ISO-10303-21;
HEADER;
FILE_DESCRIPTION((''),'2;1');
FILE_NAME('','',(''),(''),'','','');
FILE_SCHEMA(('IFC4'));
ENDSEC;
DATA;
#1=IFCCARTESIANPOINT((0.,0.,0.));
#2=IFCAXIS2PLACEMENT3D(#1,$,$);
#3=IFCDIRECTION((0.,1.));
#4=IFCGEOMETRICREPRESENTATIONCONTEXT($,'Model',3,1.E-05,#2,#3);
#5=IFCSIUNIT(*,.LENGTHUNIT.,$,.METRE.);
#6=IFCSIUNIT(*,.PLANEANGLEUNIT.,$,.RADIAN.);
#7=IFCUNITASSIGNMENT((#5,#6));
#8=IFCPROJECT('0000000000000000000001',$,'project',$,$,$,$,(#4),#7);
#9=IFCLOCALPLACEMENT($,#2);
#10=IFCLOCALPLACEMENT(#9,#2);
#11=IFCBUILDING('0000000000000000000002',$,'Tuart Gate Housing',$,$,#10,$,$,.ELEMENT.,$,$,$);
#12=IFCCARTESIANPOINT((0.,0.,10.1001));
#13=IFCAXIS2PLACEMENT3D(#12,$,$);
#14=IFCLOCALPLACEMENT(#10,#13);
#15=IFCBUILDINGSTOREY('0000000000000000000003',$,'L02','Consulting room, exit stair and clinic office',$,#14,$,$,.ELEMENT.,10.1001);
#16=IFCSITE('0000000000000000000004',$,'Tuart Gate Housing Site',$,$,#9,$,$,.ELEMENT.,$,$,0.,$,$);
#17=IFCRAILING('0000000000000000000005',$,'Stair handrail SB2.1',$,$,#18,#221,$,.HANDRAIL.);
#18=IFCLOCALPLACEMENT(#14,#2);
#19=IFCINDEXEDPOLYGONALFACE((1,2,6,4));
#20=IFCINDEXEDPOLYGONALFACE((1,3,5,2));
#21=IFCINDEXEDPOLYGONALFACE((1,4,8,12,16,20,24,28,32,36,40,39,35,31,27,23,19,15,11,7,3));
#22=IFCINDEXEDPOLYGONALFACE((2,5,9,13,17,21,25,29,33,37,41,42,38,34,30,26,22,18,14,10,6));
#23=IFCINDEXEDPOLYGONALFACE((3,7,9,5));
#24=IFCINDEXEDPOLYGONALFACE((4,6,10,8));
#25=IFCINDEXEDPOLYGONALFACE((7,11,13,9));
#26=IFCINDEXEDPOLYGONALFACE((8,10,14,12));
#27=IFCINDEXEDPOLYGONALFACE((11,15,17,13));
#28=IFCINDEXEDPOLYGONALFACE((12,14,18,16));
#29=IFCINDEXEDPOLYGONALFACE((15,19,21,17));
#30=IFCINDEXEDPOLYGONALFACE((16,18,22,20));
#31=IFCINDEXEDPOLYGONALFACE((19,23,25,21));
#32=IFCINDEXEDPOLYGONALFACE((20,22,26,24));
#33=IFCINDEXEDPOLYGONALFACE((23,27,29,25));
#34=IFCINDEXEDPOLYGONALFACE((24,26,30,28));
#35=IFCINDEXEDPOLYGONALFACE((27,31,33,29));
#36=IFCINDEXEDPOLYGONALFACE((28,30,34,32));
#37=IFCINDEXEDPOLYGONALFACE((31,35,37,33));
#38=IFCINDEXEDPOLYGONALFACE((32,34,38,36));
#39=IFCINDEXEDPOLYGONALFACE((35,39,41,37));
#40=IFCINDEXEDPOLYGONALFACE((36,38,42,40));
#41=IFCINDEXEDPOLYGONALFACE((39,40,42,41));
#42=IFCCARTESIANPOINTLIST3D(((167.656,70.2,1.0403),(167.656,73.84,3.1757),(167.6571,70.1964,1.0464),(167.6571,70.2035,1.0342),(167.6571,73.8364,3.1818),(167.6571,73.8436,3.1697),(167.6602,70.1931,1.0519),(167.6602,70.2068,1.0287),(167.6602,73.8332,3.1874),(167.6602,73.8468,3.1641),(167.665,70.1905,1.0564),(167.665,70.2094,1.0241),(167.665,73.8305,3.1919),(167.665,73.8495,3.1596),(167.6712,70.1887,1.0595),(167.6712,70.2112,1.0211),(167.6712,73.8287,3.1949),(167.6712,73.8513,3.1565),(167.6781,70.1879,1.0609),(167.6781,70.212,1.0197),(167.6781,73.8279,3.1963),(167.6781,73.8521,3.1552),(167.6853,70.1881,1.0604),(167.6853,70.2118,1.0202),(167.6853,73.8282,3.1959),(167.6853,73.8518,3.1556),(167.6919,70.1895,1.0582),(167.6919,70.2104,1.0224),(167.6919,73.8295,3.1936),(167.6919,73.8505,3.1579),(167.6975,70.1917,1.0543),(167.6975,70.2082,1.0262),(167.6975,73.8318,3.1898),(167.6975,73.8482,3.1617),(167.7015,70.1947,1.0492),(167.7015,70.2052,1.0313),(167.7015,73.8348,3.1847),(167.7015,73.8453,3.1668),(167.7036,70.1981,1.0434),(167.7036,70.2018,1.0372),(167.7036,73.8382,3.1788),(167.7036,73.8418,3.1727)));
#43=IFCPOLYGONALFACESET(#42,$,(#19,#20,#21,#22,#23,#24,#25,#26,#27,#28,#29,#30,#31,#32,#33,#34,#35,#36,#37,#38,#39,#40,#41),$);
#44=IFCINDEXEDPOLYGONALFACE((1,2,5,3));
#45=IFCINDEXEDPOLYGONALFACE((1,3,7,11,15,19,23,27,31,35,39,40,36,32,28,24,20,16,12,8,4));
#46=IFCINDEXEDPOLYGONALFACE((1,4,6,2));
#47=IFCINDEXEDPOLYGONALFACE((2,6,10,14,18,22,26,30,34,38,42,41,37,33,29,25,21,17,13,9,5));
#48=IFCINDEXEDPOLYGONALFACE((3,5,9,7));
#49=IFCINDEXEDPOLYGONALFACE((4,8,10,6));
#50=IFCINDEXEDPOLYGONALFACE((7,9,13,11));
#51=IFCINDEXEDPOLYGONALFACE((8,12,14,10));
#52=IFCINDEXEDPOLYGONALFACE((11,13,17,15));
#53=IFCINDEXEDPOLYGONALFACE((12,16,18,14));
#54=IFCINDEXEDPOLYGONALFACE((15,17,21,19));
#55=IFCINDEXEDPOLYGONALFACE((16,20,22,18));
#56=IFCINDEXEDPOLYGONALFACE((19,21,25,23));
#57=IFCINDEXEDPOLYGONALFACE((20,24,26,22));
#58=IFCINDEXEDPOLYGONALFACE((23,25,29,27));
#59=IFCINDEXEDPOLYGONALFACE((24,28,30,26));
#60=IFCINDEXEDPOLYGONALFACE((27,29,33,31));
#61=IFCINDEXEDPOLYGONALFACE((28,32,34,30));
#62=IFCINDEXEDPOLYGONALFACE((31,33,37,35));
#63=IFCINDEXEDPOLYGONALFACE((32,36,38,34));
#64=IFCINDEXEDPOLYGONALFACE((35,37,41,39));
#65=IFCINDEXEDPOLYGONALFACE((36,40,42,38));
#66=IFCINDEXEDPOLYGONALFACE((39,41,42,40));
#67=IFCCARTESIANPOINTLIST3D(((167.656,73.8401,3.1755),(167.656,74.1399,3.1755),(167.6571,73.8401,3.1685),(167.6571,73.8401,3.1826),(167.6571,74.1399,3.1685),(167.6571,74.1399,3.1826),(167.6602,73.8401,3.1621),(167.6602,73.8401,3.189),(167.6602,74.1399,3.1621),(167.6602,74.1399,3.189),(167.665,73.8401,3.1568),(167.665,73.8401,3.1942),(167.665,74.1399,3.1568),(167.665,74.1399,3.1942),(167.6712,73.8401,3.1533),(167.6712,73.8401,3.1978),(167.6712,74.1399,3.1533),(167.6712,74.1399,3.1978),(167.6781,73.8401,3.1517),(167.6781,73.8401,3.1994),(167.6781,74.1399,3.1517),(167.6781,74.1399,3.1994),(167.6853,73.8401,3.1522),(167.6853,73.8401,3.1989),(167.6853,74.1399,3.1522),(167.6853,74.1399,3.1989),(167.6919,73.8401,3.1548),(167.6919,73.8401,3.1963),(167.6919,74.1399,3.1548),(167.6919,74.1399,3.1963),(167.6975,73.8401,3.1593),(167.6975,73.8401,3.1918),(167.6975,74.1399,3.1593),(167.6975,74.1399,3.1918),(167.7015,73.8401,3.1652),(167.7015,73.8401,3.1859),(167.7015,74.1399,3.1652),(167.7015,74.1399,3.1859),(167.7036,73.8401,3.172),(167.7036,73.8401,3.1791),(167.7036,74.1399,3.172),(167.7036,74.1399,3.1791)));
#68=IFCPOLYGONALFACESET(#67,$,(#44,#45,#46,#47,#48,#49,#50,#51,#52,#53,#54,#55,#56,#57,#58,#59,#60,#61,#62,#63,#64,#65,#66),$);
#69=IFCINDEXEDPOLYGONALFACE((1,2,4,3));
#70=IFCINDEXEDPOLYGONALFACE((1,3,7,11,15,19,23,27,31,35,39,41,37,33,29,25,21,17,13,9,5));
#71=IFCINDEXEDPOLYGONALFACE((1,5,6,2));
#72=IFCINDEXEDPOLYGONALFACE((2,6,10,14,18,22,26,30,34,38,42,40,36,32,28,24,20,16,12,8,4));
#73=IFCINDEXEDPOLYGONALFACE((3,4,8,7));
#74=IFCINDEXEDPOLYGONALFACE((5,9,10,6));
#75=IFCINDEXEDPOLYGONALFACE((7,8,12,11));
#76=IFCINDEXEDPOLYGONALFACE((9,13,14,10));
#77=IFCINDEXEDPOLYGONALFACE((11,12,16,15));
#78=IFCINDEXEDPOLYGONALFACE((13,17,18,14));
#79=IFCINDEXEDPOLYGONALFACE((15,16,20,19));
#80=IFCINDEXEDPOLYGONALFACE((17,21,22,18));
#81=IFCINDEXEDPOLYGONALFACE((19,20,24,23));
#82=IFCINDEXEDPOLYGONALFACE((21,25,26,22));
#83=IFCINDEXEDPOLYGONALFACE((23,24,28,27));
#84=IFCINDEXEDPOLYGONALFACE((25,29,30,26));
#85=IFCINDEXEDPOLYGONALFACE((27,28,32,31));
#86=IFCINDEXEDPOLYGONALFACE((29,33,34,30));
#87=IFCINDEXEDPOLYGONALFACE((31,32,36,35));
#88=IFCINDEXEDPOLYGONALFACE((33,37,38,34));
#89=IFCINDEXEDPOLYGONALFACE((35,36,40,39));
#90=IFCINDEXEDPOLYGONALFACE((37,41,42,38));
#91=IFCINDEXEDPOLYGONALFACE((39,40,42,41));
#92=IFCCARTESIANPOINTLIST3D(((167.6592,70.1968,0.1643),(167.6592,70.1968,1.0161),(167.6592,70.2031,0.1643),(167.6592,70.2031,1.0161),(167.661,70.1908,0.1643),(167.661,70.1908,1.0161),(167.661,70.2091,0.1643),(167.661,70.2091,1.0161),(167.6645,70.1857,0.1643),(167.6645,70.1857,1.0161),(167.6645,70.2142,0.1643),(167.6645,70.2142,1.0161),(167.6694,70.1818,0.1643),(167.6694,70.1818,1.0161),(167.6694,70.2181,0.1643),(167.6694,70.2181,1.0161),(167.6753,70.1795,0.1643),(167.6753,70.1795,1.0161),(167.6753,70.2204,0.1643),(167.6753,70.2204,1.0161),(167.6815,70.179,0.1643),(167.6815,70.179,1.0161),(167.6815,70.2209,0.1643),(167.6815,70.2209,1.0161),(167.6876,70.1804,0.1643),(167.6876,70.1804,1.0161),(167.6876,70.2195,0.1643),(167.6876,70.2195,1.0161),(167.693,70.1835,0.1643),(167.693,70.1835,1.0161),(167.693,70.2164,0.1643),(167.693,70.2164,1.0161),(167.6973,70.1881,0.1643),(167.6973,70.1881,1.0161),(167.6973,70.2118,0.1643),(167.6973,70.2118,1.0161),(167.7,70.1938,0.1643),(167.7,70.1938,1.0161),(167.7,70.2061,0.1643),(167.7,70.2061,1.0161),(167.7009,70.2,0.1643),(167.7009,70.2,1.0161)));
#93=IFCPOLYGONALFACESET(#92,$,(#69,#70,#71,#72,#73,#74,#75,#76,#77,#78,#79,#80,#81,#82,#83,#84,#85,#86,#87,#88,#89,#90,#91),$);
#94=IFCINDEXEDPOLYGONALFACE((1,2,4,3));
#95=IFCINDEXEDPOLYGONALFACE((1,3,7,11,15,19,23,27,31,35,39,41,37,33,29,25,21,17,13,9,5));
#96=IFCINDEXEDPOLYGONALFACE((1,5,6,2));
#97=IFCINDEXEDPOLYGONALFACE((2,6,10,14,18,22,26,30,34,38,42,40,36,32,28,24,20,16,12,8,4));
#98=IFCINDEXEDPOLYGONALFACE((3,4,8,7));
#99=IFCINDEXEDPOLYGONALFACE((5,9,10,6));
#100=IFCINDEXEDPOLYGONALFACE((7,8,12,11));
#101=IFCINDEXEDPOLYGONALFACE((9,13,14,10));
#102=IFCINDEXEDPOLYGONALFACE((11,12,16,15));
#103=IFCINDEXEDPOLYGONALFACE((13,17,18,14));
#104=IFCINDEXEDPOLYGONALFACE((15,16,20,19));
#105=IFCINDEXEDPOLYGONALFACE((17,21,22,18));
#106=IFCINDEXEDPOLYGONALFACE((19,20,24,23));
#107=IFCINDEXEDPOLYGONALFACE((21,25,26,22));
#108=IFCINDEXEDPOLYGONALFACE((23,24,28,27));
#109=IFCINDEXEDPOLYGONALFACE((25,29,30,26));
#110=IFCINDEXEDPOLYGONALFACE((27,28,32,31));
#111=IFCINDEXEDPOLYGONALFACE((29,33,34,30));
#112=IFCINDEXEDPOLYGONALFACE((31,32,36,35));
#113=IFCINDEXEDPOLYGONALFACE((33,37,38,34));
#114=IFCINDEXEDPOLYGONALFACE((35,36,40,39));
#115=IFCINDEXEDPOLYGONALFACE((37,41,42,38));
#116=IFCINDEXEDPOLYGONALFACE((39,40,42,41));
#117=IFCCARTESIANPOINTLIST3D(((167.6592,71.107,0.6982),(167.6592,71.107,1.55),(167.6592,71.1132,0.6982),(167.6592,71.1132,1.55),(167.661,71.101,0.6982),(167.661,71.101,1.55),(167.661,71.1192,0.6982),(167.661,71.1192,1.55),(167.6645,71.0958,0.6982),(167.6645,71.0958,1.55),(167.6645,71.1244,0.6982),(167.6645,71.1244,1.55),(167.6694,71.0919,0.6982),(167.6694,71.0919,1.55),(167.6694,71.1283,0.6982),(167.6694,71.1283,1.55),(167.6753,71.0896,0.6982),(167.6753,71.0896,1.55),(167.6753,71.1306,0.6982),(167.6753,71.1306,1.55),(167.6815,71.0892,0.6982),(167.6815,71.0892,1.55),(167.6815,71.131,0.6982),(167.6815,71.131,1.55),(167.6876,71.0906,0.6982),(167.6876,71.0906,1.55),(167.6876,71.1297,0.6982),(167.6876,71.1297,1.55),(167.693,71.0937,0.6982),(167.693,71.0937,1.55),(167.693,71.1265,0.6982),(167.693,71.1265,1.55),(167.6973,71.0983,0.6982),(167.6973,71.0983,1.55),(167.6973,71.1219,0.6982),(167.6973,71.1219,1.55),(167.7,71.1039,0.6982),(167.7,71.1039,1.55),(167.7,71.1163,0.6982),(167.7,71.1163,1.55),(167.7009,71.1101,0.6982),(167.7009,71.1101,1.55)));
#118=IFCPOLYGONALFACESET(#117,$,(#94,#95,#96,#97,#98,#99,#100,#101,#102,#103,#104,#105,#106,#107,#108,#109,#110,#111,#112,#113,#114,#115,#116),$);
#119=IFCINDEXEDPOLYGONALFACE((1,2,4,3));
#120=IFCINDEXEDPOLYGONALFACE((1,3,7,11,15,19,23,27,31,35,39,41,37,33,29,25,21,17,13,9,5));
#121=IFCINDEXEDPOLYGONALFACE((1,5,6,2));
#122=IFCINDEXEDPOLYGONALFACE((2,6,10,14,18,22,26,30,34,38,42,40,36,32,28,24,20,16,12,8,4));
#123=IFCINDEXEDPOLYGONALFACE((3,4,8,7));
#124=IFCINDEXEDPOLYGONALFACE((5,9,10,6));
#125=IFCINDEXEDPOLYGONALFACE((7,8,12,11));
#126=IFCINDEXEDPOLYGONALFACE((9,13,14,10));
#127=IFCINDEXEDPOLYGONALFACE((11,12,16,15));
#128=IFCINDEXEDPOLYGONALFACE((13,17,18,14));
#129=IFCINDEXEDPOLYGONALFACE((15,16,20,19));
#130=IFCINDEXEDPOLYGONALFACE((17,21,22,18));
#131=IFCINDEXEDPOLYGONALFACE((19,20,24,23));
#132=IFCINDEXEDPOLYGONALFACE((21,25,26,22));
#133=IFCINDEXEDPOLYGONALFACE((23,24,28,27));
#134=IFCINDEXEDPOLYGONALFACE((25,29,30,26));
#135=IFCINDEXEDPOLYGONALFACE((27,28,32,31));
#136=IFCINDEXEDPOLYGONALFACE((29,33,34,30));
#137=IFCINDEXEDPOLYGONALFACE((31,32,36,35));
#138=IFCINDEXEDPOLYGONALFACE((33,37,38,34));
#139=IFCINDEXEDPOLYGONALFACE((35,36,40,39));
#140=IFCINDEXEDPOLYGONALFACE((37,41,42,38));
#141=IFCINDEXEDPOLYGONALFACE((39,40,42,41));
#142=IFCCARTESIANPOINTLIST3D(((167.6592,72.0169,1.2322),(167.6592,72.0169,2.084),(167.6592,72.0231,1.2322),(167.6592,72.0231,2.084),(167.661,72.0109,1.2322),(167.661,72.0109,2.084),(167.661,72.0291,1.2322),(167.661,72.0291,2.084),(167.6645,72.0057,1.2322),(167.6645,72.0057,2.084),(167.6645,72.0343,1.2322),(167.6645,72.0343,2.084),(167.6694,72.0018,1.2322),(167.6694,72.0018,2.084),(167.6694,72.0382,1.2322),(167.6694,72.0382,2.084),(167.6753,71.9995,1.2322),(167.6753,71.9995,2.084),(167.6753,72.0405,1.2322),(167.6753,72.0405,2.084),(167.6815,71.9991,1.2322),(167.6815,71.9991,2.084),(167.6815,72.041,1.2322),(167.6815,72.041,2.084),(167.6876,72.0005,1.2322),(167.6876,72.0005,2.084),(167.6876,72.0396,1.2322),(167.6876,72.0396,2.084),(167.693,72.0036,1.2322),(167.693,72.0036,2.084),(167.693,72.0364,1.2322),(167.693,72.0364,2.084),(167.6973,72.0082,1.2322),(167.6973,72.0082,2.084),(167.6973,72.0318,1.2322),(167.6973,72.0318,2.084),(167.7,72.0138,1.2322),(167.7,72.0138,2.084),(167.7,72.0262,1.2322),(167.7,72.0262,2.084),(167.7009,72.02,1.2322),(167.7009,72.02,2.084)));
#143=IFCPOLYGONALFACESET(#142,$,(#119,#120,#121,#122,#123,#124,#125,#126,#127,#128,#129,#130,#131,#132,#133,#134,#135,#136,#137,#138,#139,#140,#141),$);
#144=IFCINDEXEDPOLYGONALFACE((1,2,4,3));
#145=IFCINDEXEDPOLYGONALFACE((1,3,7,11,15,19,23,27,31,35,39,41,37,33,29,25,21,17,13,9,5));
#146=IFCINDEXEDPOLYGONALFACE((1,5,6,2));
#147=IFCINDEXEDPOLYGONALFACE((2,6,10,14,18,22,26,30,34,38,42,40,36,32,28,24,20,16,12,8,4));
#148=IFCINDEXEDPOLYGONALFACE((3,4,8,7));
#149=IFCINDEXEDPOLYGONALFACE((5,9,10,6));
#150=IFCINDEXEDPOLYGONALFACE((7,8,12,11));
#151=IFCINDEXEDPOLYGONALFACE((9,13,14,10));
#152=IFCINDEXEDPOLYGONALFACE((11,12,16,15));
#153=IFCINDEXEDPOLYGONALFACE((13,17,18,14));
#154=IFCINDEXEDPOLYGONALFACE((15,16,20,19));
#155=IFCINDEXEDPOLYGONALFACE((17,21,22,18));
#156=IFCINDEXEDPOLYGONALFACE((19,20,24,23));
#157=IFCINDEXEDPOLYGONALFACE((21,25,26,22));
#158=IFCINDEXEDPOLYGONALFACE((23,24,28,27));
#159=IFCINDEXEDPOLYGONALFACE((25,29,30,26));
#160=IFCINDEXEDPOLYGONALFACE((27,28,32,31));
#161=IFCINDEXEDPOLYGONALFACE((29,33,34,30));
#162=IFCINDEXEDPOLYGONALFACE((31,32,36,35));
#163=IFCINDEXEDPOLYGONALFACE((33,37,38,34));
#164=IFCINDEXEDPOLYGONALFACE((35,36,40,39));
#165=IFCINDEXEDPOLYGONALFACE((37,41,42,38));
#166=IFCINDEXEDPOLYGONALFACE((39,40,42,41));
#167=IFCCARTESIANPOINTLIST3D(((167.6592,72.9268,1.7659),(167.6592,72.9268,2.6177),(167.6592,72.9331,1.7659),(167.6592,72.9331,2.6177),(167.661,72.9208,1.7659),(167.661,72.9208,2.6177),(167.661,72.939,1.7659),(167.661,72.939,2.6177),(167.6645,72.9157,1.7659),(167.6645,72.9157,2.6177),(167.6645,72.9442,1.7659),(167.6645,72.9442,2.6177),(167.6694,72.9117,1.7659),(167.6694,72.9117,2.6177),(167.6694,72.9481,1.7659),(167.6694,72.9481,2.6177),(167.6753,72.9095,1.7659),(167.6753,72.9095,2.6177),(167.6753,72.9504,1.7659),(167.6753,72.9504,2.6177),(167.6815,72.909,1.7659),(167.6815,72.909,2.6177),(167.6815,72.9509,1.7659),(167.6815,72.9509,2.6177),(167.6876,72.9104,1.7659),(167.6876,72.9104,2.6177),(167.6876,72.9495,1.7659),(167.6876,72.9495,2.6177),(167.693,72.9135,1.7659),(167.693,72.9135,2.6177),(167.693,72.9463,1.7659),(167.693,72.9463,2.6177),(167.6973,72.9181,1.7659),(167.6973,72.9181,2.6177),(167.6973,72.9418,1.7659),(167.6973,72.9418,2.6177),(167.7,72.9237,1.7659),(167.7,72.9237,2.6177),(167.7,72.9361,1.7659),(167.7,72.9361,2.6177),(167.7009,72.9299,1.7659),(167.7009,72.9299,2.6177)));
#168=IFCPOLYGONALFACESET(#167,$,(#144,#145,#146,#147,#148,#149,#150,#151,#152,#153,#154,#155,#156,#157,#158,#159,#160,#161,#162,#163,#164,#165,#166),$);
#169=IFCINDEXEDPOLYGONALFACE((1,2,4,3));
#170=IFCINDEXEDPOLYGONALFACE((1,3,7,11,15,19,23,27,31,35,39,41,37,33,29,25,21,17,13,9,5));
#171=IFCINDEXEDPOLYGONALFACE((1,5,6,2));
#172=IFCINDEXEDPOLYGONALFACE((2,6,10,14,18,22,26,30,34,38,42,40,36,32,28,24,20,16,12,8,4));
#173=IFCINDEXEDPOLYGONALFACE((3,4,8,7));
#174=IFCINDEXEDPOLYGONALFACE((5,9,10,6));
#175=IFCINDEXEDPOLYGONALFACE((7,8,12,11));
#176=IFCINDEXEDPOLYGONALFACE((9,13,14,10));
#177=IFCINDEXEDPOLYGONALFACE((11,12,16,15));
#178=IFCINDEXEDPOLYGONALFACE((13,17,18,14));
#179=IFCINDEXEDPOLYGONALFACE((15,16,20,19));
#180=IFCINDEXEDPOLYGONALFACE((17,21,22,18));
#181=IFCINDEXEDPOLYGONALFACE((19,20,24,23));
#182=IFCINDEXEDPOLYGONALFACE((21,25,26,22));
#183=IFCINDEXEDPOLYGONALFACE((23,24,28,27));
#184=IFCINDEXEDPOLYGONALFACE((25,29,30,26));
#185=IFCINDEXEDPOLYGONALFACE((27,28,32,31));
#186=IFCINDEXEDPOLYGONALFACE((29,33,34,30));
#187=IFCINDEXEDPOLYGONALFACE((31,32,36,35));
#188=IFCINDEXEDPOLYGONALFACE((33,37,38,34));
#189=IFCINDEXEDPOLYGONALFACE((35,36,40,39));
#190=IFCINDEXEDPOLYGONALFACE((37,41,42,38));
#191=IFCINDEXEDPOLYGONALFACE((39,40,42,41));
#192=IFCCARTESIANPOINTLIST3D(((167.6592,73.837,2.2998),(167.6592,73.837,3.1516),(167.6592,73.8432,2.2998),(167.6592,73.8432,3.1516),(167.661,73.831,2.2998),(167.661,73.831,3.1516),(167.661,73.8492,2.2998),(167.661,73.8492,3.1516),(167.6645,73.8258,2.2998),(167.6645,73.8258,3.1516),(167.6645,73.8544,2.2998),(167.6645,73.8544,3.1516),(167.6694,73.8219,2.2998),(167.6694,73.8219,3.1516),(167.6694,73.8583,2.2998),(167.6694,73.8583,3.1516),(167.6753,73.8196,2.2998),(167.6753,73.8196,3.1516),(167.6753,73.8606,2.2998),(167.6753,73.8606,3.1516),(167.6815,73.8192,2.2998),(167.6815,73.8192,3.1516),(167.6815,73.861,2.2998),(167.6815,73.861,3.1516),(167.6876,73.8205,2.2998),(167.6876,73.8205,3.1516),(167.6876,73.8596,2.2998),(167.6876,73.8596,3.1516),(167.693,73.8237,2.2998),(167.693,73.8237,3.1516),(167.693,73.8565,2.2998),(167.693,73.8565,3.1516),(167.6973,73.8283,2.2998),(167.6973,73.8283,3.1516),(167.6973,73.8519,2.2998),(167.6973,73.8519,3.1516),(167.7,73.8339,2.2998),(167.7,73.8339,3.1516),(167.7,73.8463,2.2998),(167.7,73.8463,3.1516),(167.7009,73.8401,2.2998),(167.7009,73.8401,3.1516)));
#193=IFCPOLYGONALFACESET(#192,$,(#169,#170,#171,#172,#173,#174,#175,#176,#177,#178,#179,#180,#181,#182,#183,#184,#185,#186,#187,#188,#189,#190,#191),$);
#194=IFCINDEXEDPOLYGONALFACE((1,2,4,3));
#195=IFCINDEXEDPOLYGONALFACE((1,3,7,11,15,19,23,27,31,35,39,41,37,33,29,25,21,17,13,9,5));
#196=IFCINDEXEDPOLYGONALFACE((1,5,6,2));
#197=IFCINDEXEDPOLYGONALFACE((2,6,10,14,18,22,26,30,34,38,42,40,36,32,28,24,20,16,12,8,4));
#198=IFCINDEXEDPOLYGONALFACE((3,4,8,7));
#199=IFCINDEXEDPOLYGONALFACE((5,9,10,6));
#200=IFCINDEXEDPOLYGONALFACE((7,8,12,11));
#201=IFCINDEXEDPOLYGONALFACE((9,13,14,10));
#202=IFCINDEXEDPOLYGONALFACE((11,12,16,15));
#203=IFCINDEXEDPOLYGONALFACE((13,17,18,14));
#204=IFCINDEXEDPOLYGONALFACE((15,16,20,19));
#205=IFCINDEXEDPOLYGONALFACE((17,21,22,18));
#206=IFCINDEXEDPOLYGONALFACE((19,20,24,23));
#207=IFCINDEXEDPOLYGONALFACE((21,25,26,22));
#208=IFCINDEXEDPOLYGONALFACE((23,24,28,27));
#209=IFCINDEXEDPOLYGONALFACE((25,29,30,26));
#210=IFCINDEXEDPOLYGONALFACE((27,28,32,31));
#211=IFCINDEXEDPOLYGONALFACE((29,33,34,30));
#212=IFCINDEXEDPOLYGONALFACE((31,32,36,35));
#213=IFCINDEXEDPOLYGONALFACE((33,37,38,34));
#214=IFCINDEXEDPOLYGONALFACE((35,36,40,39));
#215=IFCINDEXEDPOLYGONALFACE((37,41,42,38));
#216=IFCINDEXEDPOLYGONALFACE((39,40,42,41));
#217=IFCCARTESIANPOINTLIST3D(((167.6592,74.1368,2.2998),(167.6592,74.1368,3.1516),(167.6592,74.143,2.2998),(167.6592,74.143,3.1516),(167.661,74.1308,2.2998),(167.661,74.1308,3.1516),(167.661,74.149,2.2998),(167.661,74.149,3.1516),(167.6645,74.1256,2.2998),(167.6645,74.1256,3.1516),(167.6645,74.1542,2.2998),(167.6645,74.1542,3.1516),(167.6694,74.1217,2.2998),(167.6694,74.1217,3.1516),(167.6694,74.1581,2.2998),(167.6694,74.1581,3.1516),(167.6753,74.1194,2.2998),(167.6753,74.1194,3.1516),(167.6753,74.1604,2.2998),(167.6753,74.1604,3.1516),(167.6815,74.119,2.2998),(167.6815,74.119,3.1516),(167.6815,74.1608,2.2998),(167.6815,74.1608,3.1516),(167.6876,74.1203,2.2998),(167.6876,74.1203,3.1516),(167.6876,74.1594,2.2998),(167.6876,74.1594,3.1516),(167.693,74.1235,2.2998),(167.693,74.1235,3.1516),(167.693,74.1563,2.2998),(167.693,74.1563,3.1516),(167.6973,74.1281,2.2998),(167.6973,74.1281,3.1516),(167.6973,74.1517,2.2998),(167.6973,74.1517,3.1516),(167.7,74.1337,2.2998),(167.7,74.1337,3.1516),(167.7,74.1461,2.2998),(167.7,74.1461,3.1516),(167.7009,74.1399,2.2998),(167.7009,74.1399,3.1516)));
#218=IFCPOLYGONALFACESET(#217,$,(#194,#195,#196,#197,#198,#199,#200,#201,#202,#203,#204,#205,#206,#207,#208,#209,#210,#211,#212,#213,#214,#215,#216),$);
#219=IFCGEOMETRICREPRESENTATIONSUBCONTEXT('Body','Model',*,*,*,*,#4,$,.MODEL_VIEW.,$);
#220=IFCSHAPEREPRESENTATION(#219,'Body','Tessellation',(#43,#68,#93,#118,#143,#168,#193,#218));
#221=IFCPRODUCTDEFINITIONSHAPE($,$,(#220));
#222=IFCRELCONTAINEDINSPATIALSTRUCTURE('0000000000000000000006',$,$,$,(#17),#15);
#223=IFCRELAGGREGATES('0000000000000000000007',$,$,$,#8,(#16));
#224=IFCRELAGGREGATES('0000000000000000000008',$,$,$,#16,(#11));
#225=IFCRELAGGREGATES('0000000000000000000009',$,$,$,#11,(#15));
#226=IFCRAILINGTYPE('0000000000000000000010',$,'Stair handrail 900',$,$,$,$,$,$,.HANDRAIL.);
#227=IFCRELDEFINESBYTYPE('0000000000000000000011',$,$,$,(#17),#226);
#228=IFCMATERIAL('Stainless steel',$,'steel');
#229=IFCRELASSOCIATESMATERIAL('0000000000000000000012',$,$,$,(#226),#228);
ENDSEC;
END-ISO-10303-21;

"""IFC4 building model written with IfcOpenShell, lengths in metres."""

from ifc_helpers import new_model, si_unit, direction, frame, origin, origin_2d, place, context, subcontext, project, spatial, circle, extrude, material, type_object, element, save


model = new_model("IFC4")

# Units and contexts
model_context = context("Model", 3, precision=1e-05, world=origin(), true_north=direction((0.0, 1.0)))
body_context = subcontext(model_context, "Body", "Model", "MODEL_VIEW")
ifc_project = project(units=[si_unit("LENGTHUNIT", "METRE"), si_unit("PLANEANGLEUNIT", "RADIAN")], contexts=[model_context])

# Site, building, storey
site_placement = place(None, origin())
site = spatial("IfcSite", under=ifc_project, at=site_placement, Name="Tuart Gate Housing Site", CompositionType="ELEMENT", RefElevation=0.0)
building_placement = place(site_placement, origin())
building = spatial("IfcBuilding", under=site, at=building_placement, Name="Tuart Gate Housing", CompositionType="ELEMENT")
storey_placement = place(building_placement, frame((0.0, 0.0, 10.1001)))
storey = spatial("IfcBuildingStorey", under=building, at=storey_placement, Name="L02", Description="Consulting room, exit stair and clinic office", CompositionType="ELEMENT", Elevation=10.1001)

# Railing
ifc_material_1 = material(Name="Stainless steel", Category="steel")
railing_type = type_object("IfcRailingType", Name="Stair handrail 900", PredefinedType="HANDRAIL", material=ifc_material_1)
railing_placement = place(storey_placement, frame((167.6799, 70.2, 0.1643)))
element("IfcRailing", 1, at=railing_placement, inside=storey, type_object=railing_type, Name="Stair handrail SB2.1", PredefinedType="HANDRAIL", context=body_context, shape_type="SweptSolid", body=[
    extrude(circle(Radius=0.0239, at=origin_2d()), frame((0.0, 0.0, 0.876), z_axis=(0.0, 0.86253, 0.506006), x_axis=(-1.0, 0.0, 0.0)), (0.0, 0.0, 1.0), 4.2202),
    extrude(circle(Radius=0.0239, at=origin_2d()), frame((0.0, 3.6401, 3.0112), z_axis=(0.0, 1.0, 0.0), x_axis=(-1.0, 0.0, 0.0)), (0.0, 0.0, 1.0), 0.2998),
    extrude(circle(Radius=0.021, at=origin_2d()), origin(), (0.0, 0.0, 1.0), 0.8518),
    extrude(circle(Radius=0.021, at=origin_2d()), frame((0.0, 0.9102, 0.5339)), (0.0, 0.0, 1.0), 0.8518),
    extrude(circle(Radius=0.021, at=origin_2d()), frame((0.0, 1.8201, 1.0679)), (0.0, 0.0, 1.0), 0.8518),
    extrude(circle(Radius=0.021, at=origin_2d()), frame((0.0, 2.73, 1.6016)), (0.0, 0.0, 1.0), 0.8518),
    extrude(circle(Radius=0.021, at=origin_2d()), frame((0.0, 3.6401, 2.1355)), (0.0, 0.0, 1.0), 0.8518),
    extrude(circle(Radius=0.021, at=origin_2d()), frame((0.0, 3.9399, 2.1355)), (0.0, 0.0, 1.0), 0.8518),
])

save(model, "model.ifc")
